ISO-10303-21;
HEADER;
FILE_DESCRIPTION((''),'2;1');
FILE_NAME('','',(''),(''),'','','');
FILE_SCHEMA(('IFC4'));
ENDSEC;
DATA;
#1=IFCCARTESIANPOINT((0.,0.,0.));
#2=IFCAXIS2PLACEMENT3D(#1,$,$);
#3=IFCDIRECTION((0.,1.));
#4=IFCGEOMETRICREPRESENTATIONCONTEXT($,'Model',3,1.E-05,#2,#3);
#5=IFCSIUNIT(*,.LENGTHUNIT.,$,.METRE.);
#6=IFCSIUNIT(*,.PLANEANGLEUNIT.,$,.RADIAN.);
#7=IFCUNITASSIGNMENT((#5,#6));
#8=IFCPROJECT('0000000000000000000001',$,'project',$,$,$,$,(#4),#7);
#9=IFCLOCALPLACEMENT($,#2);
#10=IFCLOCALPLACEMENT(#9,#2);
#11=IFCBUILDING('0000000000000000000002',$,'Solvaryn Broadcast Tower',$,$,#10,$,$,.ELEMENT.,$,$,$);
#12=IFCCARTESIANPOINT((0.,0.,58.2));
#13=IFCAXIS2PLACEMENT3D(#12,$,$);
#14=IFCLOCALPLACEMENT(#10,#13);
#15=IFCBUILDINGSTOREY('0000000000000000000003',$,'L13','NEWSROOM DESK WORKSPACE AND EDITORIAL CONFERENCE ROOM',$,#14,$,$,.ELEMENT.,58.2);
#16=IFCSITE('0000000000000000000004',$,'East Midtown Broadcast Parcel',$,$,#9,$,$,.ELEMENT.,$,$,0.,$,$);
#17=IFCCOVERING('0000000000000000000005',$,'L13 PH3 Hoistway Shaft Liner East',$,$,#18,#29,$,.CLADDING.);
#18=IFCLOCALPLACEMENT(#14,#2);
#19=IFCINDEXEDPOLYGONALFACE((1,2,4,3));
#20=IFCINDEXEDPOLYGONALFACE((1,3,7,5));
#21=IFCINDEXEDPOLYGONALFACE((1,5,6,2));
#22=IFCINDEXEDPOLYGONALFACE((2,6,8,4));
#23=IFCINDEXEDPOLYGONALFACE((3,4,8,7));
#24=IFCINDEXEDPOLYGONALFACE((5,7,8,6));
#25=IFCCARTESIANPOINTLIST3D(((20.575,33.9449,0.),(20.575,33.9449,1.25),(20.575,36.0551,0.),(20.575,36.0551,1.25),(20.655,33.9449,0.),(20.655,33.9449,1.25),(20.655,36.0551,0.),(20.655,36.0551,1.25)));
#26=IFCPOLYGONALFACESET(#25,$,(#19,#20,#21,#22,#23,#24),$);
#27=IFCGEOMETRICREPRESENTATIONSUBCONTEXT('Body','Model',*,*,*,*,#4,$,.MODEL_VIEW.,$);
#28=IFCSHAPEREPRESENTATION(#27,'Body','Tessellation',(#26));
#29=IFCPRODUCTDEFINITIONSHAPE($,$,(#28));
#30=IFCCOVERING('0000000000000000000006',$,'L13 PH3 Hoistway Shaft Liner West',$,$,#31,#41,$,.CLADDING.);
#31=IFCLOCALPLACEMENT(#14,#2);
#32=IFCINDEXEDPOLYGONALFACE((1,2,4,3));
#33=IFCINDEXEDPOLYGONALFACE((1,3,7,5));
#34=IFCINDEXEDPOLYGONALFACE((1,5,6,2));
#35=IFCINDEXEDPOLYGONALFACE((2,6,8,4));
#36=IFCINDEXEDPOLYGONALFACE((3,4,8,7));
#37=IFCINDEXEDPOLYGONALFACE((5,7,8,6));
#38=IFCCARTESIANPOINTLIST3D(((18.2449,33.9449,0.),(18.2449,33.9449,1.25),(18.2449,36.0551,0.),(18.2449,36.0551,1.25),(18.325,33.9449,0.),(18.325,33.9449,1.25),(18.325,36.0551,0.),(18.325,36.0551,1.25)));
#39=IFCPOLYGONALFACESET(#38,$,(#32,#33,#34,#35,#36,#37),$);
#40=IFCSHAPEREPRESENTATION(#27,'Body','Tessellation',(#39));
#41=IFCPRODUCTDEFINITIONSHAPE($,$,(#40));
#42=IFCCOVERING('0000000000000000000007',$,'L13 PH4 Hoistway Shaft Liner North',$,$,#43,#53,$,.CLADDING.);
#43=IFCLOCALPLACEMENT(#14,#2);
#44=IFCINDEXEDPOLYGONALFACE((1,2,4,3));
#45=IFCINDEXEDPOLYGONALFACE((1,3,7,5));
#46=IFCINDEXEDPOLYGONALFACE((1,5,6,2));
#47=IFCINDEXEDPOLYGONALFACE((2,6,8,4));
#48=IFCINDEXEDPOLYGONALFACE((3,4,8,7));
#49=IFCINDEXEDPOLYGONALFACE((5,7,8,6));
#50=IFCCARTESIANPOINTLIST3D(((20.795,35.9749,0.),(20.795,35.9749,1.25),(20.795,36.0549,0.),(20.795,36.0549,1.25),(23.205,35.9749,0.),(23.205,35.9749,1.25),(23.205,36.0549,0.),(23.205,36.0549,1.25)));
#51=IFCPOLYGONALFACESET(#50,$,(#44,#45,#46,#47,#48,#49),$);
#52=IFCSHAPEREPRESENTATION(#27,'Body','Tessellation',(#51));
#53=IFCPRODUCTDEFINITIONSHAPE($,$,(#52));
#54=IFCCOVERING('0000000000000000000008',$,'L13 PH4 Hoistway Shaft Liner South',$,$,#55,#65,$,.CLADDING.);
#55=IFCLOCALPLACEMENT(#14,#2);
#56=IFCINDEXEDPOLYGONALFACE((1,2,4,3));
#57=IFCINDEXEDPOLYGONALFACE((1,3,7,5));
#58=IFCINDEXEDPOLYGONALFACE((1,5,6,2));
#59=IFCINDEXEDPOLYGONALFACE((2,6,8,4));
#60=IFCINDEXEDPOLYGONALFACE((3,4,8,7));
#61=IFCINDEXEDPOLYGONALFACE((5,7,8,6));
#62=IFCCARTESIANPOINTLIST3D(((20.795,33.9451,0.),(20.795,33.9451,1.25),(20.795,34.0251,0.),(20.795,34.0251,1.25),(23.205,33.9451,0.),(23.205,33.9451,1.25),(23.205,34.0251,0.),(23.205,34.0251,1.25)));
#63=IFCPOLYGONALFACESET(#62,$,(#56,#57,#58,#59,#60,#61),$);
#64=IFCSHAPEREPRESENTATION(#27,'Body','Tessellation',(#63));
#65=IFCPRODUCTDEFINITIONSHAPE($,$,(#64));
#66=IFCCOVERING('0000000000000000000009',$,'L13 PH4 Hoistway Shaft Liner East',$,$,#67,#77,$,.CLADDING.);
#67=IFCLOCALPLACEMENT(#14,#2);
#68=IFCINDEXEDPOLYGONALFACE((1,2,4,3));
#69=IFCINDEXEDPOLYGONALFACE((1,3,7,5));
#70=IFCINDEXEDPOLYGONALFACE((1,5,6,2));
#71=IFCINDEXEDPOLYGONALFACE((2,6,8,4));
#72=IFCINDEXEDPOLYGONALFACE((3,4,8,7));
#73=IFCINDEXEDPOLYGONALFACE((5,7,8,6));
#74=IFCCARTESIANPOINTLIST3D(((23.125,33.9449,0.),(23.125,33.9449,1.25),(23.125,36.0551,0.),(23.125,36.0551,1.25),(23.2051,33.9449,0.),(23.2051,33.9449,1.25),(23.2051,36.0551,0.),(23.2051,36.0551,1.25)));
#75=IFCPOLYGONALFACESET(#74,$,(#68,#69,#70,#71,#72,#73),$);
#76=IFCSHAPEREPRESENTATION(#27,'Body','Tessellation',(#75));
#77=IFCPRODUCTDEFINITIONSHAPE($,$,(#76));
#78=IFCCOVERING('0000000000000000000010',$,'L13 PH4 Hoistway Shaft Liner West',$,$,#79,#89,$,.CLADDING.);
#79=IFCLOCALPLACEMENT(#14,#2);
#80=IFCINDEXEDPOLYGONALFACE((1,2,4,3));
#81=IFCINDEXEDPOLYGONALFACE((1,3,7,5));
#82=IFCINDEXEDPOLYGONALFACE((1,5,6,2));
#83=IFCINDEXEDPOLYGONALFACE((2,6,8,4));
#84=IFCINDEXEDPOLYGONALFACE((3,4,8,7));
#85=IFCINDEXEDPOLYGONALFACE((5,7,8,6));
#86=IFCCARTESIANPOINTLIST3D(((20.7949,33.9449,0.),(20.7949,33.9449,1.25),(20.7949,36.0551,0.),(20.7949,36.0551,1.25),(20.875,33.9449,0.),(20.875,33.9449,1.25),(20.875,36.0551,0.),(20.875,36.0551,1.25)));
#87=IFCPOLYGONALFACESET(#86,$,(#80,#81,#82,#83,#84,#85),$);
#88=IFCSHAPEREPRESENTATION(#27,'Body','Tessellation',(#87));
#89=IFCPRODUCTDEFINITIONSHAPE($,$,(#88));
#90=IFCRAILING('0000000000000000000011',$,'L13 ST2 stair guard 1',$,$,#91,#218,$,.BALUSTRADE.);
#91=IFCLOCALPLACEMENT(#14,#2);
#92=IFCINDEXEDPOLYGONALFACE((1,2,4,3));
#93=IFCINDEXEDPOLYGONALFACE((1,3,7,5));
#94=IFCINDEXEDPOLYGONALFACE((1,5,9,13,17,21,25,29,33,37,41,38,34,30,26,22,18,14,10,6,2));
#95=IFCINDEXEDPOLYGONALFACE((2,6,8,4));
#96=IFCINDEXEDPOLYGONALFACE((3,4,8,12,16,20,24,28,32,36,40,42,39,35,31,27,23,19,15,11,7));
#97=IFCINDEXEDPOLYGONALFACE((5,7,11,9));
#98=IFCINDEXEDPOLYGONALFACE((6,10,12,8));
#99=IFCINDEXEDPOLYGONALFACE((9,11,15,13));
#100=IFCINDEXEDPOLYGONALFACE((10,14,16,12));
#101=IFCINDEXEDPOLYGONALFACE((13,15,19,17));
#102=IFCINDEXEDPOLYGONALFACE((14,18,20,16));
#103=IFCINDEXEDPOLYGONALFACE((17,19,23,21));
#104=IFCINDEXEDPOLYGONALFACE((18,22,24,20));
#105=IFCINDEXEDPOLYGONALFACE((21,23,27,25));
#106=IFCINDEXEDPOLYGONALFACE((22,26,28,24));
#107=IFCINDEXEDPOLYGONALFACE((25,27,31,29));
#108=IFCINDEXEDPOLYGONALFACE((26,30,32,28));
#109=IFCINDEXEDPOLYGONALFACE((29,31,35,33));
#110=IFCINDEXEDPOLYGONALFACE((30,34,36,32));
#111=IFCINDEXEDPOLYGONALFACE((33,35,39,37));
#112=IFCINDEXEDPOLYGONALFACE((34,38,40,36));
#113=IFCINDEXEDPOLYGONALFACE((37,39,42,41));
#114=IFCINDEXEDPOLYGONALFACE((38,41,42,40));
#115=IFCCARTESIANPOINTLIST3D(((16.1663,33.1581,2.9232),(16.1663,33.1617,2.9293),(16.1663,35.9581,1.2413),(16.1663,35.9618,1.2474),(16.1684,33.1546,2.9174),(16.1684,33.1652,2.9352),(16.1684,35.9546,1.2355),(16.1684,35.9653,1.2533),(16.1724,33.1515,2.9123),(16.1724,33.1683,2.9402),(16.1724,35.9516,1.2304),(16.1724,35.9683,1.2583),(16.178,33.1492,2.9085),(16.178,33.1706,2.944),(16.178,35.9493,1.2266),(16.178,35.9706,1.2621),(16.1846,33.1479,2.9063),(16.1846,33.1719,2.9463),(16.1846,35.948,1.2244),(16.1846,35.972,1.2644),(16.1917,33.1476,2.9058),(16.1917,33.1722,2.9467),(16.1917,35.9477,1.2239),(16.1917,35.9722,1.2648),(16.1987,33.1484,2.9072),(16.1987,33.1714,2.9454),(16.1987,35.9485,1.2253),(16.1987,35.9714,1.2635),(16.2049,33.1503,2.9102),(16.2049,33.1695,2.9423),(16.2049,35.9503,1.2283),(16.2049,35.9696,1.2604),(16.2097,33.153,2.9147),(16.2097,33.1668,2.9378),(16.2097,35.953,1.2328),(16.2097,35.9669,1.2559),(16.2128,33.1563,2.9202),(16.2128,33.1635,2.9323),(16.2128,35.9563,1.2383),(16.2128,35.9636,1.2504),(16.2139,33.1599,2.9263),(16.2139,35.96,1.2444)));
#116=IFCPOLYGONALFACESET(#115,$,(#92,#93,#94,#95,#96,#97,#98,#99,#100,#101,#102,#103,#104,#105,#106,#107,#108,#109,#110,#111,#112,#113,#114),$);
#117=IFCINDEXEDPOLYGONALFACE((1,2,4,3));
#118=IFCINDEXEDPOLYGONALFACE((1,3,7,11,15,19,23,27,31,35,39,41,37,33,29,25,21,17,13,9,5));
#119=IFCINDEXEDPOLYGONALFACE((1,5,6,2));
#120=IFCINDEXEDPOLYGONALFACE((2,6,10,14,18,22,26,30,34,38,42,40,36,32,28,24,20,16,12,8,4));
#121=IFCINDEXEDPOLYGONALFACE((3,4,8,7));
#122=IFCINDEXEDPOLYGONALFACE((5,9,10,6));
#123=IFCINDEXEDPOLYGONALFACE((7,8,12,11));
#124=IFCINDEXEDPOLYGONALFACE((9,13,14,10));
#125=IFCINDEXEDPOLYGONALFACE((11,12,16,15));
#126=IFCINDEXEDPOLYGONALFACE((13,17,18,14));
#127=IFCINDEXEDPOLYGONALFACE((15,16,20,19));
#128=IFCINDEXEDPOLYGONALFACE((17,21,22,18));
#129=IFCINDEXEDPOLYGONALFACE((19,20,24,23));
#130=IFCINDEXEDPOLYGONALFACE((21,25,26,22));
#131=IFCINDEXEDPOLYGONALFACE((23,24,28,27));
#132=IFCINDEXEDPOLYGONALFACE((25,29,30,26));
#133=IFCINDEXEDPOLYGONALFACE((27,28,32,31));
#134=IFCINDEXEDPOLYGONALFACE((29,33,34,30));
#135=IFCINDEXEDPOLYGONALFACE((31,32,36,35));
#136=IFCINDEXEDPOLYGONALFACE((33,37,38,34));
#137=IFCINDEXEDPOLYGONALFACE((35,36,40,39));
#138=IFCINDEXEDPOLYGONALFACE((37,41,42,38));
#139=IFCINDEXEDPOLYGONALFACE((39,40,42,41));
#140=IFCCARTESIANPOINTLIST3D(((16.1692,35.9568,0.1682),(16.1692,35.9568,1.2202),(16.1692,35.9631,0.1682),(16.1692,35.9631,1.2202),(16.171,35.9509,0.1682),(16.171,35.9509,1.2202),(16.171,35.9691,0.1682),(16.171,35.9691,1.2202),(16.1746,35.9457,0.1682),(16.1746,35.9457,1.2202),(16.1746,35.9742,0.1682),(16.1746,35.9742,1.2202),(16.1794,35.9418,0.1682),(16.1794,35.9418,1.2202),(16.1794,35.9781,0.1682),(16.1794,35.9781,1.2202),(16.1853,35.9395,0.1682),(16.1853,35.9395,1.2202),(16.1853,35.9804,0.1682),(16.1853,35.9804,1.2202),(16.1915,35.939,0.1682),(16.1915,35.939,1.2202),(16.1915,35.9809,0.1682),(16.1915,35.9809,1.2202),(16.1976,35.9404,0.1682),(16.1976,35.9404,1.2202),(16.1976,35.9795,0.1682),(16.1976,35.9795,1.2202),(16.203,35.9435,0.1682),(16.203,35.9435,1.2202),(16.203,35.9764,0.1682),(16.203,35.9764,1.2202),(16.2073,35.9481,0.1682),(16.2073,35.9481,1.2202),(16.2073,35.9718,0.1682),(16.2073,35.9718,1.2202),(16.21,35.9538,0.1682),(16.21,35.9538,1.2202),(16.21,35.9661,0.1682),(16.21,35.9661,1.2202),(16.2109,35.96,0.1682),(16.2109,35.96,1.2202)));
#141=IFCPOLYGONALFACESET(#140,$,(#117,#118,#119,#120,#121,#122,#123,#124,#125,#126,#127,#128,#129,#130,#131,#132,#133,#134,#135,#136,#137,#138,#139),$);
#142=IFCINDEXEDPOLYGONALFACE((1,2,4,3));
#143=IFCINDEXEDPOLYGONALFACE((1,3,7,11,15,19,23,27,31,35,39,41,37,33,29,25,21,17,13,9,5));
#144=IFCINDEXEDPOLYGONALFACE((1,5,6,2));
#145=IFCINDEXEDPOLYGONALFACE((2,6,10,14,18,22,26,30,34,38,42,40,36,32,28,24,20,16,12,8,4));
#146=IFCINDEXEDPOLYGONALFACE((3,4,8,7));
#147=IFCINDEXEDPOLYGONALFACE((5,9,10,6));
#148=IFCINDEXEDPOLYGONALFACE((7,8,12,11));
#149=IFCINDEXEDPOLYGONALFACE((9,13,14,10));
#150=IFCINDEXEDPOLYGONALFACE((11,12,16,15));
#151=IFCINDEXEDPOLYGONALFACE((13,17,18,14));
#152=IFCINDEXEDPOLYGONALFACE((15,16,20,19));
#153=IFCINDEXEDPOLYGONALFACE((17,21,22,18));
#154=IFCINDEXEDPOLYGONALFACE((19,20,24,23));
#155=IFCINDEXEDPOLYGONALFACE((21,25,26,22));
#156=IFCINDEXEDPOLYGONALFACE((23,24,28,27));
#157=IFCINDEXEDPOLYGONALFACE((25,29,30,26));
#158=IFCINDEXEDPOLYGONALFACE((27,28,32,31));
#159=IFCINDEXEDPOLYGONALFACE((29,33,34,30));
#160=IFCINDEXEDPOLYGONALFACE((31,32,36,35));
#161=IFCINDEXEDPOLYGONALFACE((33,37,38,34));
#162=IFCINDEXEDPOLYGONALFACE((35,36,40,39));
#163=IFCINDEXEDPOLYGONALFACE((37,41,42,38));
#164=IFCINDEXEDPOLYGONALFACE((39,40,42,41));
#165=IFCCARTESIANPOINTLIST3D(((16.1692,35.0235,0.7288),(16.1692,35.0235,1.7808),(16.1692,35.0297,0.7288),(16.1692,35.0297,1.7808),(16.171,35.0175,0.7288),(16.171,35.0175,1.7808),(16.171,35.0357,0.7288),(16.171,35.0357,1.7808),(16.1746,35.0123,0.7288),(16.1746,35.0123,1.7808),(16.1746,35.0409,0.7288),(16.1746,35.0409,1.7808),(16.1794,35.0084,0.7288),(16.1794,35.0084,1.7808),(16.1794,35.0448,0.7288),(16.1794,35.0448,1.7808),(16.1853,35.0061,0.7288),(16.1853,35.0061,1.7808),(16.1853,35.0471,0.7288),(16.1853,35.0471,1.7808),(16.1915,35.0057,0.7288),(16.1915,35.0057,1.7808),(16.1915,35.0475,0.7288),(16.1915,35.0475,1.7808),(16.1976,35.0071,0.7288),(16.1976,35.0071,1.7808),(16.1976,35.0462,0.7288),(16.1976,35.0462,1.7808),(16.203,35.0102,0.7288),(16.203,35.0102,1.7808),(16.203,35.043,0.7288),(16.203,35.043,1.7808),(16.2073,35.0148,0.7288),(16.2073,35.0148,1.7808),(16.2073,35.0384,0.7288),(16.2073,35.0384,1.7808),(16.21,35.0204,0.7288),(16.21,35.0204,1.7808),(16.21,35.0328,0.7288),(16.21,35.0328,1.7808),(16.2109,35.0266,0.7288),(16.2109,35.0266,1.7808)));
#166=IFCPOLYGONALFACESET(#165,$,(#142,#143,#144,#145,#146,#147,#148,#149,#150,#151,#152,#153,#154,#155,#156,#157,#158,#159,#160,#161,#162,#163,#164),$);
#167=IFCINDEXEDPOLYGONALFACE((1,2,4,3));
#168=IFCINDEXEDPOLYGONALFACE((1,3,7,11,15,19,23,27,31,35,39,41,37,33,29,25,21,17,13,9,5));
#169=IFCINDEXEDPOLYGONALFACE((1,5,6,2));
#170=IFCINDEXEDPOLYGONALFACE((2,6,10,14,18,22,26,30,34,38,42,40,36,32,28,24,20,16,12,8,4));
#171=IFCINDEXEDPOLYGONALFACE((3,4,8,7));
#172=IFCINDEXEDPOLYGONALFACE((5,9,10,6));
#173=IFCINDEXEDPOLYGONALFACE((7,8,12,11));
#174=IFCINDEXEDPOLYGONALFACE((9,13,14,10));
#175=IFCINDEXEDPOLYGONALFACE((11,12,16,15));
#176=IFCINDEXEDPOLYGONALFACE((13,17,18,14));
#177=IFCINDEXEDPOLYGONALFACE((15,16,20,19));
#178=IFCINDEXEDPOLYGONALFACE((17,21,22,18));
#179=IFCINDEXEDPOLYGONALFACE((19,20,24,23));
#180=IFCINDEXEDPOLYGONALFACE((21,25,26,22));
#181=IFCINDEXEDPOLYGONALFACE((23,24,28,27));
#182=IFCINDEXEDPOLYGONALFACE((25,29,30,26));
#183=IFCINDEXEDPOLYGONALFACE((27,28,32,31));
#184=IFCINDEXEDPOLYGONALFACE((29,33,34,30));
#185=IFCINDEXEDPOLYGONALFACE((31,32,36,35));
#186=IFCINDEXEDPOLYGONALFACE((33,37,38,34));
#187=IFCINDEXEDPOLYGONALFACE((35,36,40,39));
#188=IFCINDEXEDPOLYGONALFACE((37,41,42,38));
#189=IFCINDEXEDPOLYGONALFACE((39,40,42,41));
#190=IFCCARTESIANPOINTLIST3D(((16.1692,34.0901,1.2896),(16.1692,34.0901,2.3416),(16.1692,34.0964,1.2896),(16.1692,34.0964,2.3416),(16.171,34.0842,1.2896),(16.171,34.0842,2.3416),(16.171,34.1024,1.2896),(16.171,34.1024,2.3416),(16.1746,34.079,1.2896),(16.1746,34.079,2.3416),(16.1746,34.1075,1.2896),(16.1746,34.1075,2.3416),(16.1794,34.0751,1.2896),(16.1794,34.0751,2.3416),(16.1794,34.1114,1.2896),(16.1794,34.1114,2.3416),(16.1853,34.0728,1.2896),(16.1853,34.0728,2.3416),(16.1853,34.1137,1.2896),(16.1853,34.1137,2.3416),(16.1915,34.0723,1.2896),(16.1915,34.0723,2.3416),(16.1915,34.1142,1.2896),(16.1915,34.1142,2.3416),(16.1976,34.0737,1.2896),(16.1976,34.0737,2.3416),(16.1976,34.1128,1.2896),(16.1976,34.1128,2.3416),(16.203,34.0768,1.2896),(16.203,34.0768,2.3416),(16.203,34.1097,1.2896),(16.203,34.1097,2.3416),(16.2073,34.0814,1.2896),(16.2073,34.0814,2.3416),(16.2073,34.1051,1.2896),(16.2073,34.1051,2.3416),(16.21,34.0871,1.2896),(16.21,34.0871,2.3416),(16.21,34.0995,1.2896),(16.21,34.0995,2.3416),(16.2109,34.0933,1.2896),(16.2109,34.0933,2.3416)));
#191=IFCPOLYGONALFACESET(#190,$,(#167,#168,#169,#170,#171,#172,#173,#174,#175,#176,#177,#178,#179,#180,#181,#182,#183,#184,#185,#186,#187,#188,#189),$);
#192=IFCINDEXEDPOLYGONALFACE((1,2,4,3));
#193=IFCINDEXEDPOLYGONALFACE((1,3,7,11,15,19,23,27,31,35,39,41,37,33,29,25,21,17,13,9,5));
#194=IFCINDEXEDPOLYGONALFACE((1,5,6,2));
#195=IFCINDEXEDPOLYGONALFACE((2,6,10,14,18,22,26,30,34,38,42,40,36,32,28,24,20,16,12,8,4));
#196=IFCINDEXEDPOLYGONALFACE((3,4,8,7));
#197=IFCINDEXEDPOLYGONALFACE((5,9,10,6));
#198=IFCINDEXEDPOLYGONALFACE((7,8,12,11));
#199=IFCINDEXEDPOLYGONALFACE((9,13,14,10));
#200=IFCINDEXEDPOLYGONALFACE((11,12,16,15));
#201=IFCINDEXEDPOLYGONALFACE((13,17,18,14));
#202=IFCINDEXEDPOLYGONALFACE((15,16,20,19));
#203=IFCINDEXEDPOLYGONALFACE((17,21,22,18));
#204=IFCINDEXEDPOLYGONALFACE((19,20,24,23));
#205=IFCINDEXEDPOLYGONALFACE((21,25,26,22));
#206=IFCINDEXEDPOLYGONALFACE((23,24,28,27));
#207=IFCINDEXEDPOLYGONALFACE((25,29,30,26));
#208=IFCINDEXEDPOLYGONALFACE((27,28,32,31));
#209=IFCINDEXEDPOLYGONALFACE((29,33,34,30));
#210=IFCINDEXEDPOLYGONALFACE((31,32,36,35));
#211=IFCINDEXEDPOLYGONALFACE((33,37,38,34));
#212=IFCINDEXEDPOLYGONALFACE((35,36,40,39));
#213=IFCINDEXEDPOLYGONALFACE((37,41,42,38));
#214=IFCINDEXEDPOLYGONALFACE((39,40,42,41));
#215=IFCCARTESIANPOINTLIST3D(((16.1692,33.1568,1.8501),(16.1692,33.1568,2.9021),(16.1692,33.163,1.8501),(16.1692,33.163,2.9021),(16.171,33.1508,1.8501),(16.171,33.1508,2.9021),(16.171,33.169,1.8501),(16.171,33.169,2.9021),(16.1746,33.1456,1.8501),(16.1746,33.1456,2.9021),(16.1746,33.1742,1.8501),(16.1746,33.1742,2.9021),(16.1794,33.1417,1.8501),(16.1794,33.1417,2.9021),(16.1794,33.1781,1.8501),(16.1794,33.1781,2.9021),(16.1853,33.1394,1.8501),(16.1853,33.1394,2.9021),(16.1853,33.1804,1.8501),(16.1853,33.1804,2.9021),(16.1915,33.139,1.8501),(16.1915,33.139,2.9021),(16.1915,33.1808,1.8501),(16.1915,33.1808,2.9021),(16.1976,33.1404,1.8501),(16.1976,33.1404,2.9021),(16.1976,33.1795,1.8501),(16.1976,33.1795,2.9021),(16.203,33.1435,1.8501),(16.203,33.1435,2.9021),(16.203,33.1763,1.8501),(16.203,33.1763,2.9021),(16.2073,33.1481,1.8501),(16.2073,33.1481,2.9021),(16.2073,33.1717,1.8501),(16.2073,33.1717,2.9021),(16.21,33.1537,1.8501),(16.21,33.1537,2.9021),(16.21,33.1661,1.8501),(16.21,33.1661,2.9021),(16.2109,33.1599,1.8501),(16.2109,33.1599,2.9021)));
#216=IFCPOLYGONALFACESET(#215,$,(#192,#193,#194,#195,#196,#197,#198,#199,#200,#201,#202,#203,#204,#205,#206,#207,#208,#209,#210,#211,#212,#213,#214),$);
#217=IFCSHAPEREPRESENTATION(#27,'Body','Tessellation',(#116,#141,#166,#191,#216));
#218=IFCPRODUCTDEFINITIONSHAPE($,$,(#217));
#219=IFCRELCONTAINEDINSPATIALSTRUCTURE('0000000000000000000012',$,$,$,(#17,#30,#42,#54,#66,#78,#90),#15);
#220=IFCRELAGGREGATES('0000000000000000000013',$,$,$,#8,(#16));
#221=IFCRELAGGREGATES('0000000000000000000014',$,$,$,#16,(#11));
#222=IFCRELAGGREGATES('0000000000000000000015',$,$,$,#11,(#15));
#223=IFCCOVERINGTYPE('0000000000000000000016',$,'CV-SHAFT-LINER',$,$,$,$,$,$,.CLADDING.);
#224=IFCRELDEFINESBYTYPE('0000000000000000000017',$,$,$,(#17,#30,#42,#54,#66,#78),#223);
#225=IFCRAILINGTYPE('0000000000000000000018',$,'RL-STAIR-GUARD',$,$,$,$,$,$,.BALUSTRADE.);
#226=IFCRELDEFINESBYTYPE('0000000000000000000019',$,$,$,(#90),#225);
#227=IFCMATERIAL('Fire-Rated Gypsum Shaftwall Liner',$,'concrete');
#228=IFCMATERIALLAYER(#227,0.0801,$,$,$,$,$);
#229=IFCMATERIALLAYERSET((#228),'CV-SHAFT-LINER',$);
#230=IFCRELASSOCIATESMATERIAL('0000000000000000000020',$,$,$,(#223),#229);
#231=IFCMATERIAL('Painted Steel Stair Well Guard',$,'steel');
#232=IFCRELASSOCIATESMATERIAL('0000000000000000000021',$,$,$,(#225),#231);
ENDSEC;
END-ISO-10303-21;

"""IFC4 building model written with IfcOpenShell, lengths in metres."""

from ifc_helpers import new_model, si_unit, direction, frame, origin, origin_2d, place, context, subcontext, project, spatial, rectangle, circle, extrude, material, layer, layer_set, type_object, element, save


model = new_model("IFC4")

# Units and contexts
model_context = context("Model", 3, precision=1e-05, world=origin(), true_north=direction((0.0, 1.0)))
body_context = subcontext(model_context, "Body", "Model", "MODEL_VIEW")
ifc_project = project(units=[si_unit("LENGTHUNIT", "METRE"), si_unit("PLANEANGLEUNIT", "RADIAN")], contexts=[model_context])

# Site, building, storey
site_placement = place(None, origin())
site = spatial("IfcSite", under=ifc_project, at=site_placement, Name="East Midtown Broadcast Parcel", CompositionType="ELEMENT", RefElevation=0.0)
building_placement = place(site_placement, origin())
building = spatial("IfcBuilding", under=site, at=building_placement, Name="Solvaryn Broadcast Tower", CompositionType="ELEMENT")
storey_placement = place(building_placement, frame((0.0, 0.0, 58.2)))
storey = spatial("IfcBuildingStorey", under=building, at=storey_placement, Name="L13", Description="NEWSROOM DESK WORKSPACE AND EDITORIAL CONFERENCE ROOM", CompositionType="ELEMENT", Elevation=58.2)

# Coverings
ifc_material_1 = material(Name="Fire-Rated Gypsum Shaftwall Liner", Category="concrete")
ifc_layer_1 = layer(ifc_material_1, 0.0801)
ifc_layer_set_1 = layer_set([ifc_layer_1], Name="CV-SHAFT-LINER")
covering_type = type_object("IfcCoveringType", Name="CV-SHAFT-LINER", PredefinedType="CLADDING", material=ifc_layer_set_1)
for number, where, z_axis, x_axis, name in (
    (1, (20.615, 35.0, 0.0), (0.0, 0.0, 1.0), (1.0, 0.0, 0.0), "L13 PH3 Hoistway Shaft Liner East"),
    (2, (18.2849, 35.0, 0.0), (0.0, 0.0, 1.0), (1.0, 0.0, 0.0), "L13 PH3 Hoistway Shaft Liner West"),
):
    element("IfcCovering", number, at=place(storey_placement, frame(where, z_axis=z_axis, x_axis=x_axis)), inside=storey, type_object=covering_type, Name=name, PredefinedType="CLADDING", context=body_context, shape_type="SweptSolid", body=[
        extrude(rectangle(XDim=0.0801, YDim=2.1101, at=origin_2d()), origin(), (0.0, 0.0, 1.0), 1.25),
    ])
for number, where, z_axis, x_axis, name in (
    (3, (22.0, 36.0149, 0.0), (0.0, 0.0, 1.0), (1.0, 0.0, 0.0), "L13 PH4 Hoistway Shaft Liner North"),
    (4, (22.0, 33.9851, 0.0), (0.0, 0.0, 1.0), (1.0, 0.0, 0.0), "L13 PH4 Hoistway Shaft Liner South"),
):
    element("IfcCovering", number, at=place(storey_placement, frame(where, z_axis=z_axis, x_axis=x_axis)), inside=storey, type_object=covering_type, Name=name, PredefinedType="CLADDING", context=body_context, shape_type="SweptSolid", body=[
        extrude(rectangle(XDim=2.4099, YDim=0.0801, at=origin_2d()), origin(), (0.0, 0.0, 1.0), 1.25),
    ])
for number, where, z_axis, x_axis, name in (
    (5, (23.165, 35.0, 0.0), (0.0, 0.0, 1.0), (1.0, 0.0, 0.0), "L13 PH4 Hoistway Shaft Liner East"),
    (6, (20.835, 35.0, 0.0), (0.0, 0.0, 1.0), (1.0, 0.0, 0.0), "L13 PH4 Hoistway Shaft Liner West"),
):
    element("IfcCovering", number, at=place(storey_placement, frame(where, z_axis=z_axis, x_axis=x_axis)), inside=storey, type_object=covering_type, Name=name, PredefinedType="CLADDING", context=body_context, shape_type="SweptSolid", body=[
        extrude(rectangle(XDim=0.0801, YDim=2.1101, at=origin_2d()), origin(), (0.0, 0.0, 1.0), 1.25),
    ])

# Railing
ifc_material_2 = material(Name="Painted Steel Stair Well Guard", Category="steel")
railing_type_1 = type_object("IfcRailingType", Name="RL-STAIR-GUARD", PredefinedType="BALUSTRADE", material=ifc_material_2)
railing_1_placement = place(storey_placement, frame((16.1899, 35.96, 0.1682)))
element("IfcRailing", 7, at=railing_1_placement, inside=storey, type_object=railing_type_1, Name="L13 ST2 stair guard 1", PredefinedType="BALUSTRADE", context=body_context, shape_type="SweptSolid", body=[
    extrude(circle(Radius=0.0239, at=origin_2d()), frame((0.0, 0.0, 1.0762), z_axis=(0.0, -0.857242, 0.514913), x_axis=(1.0, 0.0, 0.0)), (0.0, 0.0, 1.0), 3.2664),
    extrude(circle(Radius=0.021, at=origin_2d()), origin(), (0.0, 0.0, 1.0), 1.052),
    extrude(circle(Radius=0.021, at=origin_2d()), frame((0.0, -0.9333, 0.5605)), (0.0, 0.0, 1.0), 1.052),
    extrude(circle(Radius=0.021, at=origin_2d()), frame((0.0, -1.8667, 1.1213)), (0.0, 0.0, 1.0), 1.052),
    extrude(circle(Radius=0.021, at=origin_2d()), frame((0.0, -2.8, 1.6819)), (0.0, 0.0, 1.0), 1.052),
])

save(model, "model.ifc")
